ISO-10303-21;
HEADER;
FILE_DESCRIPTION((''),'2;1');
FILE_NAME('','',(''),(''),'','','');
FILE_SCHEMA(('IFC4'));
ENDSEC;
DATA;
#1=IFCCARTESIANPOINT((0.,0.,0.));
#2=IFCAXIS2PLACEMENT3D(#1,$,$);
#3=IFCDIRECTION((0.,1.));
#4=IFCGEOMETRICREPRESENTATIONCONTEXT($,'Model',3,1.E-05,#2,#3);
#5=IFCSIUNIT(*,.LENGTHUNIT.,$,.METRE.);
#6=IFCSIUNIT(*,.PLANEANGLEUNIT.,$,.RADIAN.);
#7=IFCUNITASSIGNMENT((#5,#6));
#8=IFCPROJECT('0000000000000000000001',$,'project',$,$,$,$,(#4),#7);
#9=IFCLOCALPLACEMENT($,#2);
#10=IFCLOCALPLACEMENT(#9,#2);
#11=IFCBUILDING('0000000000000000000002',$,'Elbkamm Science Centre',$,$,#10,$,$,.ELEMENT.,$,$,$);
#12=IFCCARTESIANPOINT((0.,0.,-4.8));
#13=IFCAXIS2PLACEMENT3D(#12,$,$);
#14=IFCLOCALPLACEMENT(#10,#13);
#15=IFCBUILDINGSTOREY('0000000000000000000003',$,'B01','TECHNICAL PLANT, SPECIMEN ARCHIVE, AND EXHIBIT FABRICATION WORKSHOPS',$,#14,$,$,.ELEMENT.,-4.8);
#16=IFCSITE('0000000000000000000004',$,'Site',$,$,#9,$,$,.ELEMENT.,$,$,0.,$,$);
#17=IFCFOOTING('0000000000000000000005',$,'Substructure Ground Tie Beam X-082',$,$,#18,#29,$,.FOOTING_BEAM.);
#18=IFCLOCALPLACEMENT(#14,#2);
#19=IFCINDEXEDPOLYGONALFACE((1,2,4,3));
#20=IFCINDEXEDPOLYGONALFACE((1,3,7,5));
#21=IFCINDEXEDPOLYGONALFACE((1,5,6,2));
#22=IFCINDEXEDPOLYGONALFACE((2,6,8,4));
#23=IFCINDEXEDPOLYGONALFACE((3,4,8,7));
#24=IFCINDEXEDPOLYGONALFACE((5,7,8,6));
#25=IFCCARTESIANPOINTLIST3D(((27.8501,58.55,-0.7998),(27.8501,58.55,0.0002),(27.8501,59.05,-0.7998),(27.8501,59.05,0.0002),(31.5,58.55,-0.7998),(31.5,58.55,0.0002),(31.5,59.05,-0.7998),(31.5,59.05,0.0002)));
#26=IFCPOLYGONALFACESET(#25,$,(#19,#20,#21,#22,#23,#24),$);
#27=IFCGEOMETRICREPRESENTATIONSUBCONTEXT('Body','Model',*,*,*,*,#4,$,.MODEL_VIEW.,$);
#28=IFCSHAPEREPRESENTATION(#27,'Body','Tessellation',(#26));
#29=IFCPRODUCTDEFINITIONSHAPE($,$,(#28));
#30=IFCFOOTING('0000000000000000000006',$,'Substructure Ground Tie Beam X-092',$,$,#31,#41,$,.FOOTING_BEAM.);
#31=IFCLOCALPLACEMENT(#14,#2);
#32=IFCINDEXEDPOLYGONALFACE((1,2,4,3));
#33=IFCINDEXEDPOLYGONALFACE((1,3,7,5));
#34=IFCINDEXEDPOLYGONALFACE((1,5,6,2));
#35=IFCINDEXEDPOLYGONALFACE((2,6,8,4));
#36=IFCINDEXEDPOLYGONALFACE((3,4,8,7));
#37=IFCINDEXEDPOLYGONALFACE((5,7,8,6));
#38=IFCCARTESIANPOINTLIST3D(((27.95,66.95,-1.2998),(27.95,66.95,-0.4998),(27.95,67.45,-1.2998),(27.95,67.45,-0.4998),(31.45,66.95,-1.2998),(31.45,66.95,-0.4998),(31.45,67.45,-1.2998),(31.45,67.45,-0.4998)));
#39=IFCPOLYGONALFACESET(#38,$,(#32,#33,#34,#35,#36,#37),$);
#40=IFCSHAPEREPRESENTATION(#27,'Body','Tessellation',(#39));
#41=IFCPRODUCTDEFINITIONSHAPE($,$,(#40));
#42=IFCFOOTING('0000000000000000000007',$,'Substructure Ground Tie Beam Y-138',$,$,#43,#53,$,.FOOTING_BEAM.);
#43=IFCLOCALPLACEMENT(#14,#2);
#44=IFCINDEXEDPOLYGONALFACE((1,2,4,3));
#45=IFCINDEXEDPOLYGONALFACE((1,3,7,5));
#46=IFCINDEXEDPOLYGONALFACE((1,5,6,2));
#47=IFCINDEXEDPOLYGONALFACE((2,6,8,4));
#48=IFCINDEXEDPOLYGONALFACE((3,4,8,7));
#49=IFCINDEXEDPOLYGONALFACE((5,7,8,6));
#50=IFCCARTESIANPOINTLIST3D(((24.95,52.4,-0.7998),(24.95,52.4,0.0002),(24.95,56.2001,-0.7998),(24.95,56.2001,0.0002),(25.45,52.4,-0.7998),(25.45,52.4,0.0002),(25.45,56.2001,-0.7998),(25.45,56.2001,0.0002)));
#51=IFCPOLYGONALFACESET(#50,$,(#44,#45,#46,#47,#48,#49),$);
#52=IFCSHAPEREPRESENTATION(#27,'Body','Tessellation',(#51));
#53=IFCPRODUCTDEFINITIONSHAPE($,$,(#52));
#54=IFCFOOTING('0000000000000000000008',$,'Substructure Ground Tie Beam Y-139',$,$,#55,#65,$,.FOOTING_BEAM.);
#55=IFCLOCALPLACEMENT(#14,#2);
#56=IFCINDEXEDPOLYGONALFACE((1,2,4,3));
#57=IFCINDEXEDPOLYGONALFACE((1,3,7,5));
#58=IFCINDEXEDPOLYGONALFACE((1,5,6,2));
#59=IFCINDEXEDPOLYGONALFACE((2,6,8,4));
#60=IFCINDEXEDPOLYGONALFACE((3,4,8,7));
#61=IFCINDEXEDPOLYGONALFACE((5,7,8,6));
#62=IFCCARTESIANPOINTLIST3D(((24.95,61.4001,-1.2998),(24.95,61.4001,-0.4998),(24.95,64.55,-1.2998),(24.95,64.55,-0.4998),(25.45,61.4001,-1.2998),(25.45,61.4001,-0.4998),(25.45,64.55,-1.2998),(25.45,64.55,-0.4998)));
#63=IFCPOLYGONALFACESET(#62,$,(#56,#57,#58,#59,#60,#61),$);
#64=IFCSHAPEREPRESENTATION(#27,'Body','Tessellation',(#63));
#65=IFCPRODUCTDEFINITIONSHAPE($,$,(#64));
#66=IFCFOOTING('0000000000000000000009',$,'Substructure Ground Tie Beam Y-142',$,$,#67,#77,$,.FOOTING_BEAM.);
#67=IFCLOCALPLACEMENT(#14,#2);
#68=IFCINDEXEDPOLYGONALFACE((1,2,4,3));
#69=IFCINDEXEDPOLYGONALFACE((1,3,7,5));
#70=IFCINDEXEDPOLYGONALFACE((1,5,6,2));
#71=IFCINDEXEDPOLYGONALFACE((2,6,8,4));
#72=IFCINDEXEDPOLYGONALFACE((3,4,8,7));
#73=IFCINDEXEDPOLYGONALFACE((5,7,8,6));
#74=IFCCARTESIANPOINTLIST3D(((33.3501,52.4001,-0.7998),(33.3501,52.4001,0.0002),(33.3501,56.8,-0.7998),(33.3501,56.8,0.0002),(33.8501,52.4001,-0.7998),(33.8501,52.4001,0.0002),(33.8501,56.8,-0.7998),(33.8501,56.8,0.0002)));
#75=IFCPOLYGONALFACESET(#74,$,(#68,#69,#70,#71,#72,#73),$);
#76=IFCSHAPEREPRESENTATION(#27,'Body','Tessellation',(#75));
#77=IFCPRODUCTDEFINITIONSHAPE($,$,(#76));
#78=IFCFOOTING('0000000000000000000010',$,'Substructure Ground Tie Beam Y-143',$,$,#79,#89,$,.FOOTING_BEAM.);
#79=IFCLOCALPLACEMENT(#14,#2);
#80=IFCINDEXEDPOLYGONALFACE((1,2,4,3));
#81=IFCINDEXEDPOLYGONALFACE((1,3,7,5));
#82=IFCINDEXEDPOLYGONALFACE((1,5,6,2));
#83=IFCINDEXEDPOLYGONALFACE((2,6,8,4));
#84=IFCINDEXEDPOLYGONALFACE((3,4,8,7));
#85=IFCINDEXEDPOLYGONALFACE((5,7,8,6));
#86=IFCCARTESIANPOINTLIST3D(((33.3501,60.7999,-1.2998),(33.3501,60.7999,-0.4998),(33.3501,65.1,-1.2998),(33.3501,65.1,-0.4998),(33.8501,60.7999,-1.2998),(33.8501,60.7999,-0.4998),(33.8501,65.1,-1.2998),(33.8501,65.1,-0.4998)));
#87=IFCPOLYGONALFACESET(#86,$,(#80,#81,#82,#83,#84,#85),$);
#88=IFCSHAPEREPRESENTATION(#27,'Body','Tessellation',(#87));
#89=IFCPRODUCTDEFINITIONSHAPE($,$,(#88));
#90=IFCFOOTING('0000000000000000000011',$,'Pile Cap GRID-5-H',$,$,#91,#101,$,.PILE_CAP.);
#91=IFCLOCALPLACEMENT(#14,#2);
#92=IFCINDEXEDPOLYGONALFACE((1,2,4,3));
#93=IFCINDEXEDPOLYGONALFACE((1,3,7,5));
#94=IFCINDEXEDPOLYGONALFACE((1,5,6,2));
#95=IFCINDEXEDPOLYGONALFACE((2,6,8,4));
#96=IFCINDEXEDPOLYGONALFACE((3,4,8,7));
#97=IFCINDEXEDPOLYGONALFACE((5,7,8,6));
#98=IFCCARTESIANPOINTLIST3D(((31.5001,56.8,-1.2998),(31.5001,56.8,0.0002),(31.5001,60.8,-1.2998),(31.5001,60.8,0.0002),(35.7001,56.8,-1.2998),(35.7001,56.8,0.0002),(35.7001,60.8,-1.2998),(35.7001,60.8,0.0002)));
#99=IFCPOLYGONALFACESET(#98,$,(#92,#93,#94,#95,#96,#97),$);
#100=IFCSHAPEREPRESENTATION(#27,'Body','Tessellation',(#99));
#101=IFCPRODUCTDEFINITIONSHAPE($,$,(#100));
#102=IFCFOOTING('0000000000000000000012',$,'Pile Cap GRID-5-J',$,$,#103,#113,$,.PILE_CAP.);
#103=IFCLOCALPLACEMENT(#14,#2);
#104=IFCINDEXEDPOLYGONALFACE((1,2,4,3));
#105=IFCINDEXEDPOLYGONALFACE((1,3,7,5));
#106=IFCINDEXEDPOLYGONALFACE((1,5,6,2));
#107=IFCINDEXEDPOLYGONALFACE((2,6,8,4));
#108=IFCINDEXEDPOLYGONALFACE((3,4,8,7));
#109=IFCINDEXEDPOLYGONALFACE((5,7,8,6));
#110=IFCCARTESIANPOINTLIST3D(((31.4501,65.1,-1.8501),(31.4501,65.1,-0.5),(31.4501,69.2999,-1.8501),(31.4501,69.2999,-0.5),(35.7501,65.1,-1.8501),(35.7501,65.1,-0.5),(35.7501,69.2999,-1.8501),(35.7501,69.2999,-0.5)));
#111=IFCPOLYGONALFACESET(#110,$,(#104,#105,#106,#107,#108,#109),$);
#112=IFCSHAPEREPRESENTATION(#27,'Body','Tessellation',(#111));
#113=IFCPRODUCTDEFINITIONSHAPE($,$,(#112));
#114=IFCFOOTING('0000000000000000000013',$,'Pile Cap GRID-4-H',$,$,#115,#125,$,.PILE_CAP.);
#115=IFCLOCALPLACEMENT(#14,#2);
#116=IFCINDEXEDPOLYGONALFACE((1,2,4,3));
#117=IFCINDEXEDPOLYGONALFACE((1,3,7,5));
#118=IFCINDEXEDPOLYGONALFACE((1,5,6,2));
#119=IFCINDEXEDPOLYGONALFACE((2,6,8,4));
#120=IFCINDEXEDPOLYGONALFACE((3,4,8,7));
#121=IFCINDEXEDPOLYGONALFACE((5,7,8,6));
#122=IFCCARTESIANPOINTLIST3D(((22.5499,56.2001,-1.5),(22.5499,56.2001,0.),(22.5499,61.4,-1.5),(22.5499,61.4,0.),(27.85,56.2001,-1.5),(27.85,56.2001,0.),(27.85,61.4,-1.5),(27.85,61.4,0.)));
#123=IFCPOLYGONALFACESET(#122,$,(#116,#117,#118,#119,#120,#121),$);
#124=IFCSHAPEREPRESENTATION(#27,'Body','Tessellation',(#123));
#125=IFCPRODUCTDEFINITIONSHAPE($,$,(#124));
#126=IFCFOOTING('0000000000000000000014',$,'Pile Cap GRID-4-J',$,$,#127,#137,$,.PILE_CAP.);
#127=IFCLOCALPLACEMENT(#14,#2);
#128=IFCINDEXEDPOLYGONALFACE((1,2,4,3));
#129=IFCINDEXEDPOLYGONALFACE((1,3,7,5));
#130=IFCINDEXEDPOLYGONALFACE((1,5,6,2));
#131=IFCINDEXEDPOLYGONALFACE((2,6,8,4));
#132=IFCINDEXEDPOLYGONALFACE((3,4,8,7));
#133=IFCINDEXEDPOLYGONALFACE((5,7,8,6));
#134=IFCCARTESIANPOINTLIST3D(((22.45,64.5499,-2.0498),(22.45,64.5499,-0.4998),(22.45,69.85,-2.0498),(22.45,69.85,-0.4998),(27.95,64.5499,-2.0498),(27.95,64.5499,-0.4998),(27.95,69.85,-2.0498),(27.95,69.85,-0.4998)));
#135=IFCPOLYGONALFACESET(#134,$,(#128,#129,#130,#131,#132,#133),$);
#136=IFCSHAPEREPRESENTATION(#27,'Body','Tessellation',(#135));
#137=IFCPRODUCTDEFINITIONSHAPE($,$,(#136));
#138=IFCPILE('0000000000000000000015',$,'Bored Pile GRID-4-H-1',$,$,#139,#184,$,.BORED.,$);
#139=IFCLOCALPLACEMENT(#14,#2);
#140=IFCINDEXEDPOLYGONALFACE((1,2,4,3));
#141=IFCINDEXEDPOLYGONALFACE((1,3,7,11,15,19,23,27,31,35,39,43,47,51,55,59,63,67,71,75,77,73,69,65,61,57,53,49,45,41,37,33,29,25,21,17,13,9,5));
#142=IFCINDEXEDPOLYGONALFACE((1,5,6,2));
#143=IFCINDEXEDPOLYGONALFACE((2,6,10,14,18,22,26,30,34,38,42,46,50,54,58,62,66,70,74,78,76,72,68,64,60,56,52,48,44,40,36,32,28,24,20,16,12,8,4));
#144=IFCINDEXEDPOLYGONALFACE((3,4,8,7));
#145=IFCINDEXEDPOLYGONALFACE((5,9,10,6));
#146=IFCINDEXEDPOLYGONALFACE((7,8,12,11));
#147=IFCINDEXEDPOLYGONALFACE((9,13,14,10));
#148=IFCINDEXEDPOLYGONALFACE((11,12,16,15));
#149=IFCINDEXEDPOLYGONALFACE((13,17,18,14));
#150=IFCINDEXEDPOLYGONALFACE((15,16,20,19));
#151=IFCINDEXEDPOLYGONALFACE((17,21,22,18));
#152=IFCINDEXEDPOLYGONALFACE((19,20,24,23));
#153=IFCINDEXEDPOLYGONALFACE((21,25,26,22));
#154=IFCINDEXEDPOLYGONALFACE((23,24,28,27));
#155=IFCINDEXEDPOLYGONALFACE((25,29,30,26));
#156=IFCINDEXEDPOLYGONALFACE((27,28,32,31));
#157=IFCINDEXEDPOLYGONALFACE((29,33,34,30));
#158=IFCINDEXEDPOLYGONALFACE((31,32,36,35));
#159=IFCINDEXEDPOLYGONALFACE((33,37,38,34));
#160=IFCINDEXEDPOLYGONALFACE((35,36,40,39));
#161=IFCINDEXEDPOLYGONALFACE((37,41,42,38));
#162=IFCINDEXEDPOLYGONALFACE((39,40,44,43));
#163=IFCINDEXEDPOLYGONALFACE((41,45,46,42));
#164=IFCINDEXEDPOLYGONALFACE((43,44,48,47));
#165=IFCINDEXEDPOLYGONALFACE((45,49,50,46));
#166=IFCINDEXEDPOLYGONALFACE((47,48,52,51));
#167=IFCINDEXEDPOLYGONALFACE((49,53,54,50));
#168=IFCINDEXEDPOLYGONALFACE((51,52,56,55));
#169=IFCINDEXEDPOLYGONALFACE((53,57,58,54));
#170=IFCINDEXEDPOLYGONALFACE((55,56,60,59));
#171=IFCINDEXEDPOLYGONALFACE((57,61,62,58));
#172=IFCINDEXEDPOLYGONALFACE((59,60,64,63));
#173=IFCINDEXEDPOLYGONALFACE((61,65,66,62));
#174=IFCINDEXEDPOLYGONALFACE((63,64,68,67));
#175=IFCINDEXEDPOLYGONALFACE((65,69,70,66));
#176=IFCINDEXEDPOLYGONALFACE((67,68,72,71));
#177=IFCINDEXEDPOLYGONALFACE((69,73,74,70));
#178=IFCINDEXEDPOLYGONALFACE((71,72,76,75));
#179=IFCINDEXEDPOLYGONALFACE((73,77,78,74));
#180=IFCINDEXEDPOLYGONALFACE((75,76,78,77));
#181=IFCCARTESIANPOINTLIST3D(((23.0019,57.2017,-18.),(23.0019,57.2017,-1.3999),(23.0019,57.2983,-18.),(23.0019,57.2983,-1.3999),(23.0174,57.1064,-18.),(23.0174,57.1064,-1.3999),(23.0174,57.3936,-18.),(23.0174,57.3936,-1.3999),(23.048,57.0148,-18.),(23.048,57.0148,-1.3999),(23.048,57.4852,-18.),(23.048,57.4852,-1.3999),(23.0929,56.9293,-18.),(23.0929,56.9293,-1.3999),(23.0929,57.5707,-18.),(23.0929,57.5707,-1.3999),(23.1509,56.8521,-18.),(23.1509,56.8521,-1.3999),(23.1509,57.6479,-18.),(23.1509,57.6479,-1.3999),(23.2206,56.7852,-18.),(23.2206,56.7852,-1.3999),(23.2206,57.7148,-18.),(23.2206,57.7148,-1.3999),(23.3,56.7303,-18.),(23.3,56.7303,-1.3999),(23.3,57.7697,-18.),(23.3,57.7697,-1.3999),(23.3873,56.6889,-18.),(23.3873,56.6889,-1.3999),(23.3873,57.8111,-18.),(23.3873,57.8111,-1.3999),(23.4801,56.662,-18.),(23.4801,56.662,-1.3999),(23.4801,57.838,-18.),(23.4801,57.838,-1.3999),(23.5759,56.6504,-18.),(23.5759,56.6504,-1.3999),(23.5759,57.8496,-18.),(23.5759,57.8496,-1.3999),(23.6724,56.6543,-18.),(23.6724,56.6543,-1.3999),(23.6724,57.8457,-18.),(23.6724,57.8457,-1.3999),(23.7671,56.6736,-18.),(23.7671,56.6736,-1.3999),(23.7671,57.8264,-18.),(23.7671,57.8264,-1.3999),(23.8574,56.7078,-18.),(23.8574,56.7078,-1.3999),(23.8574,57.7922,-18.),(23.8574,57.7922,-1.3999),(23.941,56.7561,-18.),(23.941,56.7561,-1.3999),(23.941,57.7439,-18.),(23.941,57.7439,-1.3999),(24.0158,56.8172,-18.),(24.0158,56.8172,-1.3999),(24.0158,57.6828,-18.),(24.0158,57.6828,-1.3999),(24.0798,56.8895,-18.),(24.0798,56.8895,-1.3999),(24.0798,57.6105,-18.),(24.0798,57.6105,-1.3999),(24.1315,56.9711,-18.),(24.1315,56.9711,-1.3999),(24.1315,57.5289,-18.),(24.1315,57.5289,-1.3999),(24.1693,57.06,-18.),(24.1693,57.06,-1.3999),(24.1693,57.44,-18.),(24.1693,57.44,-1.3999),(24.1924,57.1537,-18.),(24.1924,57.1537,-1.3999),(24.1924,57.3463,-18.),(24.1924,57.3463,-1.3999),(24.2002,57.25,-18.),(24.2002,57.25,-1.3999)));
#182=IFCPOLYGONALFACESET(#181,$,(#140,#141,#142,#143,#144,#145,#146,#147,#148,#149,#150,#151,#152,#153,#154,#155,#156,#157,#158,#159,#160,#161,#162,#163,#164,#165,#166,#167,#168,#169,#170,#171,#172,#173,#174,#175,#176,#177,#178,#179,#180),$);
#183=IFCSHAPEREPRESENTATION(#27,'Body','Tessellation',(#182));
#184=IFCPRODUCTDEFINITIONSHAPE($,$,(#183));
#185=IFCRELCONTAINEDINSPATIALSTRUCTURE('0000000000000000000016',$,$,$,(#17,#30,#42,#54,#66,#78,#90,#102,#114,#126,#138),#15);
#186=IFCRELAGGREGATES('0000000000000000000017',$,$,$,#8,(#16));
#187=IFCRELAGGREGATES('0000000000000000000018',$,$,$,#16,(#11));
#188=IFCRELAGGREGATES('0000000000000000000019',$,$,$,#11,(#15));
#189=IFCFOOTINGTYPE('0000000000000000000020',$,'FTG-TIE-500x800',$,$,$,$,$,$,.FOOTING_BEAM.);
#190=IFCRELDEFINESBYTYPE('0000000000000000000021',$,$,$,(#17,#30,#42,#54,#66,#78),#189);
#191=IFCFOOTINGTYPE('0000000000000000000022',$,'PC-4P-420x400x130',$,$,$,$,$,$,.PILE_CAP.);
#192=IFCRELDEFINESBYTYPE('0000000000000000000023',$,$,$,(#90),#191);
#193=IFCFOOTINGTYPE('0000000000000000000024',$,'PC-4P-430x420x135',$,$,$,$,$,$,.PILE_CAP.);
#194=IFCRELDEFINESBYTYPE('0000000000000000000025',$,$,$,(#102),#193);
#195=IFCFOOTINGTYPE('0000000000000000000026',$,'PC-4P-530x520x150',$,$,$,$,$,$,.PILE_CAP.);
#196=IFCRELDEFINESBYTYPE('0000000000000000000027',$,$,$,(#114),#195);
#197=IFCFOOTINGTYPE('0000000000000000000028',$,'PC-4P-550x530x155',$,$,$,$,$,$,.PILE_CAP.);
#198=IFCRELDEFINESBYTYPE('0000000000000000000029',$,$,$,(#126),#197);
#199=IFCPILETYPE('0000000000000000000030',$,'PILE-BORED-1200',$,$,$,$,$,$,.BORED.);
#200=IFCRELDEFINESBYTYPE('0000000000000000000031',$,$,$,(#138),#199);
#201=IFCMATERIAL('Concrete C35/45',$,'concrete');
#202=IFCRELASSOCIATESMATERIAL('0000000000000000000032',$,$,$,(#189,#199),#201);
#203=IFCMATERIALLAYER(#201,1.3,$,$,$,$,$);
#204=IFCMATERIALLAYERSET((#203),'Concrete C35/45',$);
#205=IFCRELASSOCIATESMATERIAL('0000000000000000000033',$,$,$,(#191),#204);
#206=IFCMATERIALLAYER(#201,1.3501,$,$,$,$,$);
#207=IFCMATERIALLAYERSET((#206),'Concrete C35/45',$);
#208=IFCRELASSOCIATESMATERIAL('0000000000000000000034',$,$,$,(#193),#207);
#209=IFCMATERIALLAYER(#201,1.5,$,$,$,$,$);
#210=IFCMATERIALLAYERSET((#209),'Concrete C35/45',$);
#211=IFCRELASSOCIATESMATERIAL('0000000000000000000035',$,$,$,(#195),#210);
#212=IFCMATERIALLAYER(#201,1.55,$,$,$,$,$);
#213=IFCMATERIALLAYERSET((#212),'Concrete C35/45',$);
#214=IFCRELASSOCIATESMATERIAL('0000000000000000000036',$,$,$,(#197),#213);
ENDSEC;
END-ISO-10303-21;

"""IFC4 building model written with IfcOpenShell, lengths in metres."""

from ifc_helpers import new_model, si_unit, direction, frame, origin, origin_2d, place, context, subcontext, project, spatial, rectangle, circle, extrude, material, layer, layer_set, material_profile, profile_set, type_object, element, save


model = new_model("IFC4")

# Units and contexts
model_context = context("Model", 3, precision=1e-05, world=origin(), true_north=direction((0.0, 1.0)))
body_context = subcontext(model_context, "Body", "Model", "MODEL_VIEW")
ifc_project = project(units=[si_unit("LENGTHUNIT", "METRE"), si_unit("PLANEANGLEUNIT", "RADIAN")], contexts=[model_context])

# Site, building, storey
site_placement = place(None, origin())
site = spatial("IfcSite", under=ifc_project, at=site_placement, Name="Site", CompositionType="ELEMENT", RefElevation=0.0)
building_placement = place(site_placement, origin())
building = spatial("IfcBuilding", under=site, at=building_placement, Name="Elbkamm Science Centre", CompositionType="ELEMENT")
storey_placement = place(building_placement, frame((0.0, 0.0, -4.8)))
storey = spatial("IfcBuildingStorey", under=building, at=storey_placement, Name="B01", Description="TECHNICAL PLANT, SPECIMEN ARCHIVE, AND EXHIBIT FABRICATION WORKSHOPS", CompositionType="ELEMENT", Elevation=-4.8)

# Footings
ifc_material_1 = material(Name="Concrete C35/45", Category="concrete")
footing_type_1 = type_object("IfcFootingType", Name="FTG-TIE-500x800", PredefinedType="FOOTING_BEAM", material=ifc_material_1)
footing_1_placement = place(storey_placement, frame((29.675, 58.8, -0.7998), z_axis=(0.0, 0.0, 1.0), x_axis=(1.0, 0.0, 0.0)))
element("IfcFooting", 1, at=footing_1_placement, inside=storey, type_object=footing_type_1, Name="Substructure Ground Tie Beam X-082", PredefinedType="FOOTING_BEAM", context=body_context, shape_type="SweptSolid", body=[
    extrude(rectangle(XDim=3.6499, YDim=0.5, at=origin_2d()), origin(), (0.0, 0.0, 1.0), 0.8),
])
footing_2_placement = place(storey_placement, frame((29.7, 67.2, -1.2998), z_axis=(0.0, 0.0, 1.0), x_axis=(1.0, 0.0, 0.0)))
element("IfcFooting", 2, at=footing_2_placement, inside=storey, type_object=footing_type_1, Name="Substructure Ground Tie Beam X-092", PredefinedType="FOOTING_BEAM", context=body_context, shape_type="SweptSolid", body=[
    extrude(rectangle(XDim=3.5, YDim=0.5, at=origin_2d()), origin(), (0.0, 0.0, 1.0), 0.8),
])
footing_3_placement = place(storey_placement, frame((25.2, 54.3, -0.7998), z_axis=(0.0, 0.0, 1.0), x_axis=(1.0, 0.0, 0.0)))
element("IfcFooting", 3, at=footing_3_placement, inside=storey, type_object=footing_type_1, Name="Substructure Ground Tie Beam Y-138", PredefinedType="FOOTING_BEAM", context=body_context, shape_type="SweptSolid", body=[
    extrude(rectangle(XDim=0.5, YDim=3.8, at=origin_2d()), origin(), (0.0, 0.0, 1.0), 0.8),
])
footing_4_placement = place(storey_placement, frame((25.2, 62.9751, -1.2998), z_axis=(0.0, 0.0, 1.0), x_axis=(1.0, 0.0, 0.0)))
element("IfcFooting", 4, at=footing_4_placement, inside=storey, type_object=footing_type_1, Name="Substructure Ground Tie Beam Y-139", PredefinedType="FOOTING_BEAM", context=body_context, shape_type="SweptSolid", body=[
    extrude(rectangle(XDim=0.5, YDim=3.1499, at=origin_2d()), origin(), (0.0, 0.0, 1.0), 0.8),
])
footing_5_placement = place(storey_placement, frame((33.6001, 54.6001, -0.7998), z_axis=(0.0, 0.0, 1.0), x_axis=(1.0, 0.0, 0.0)))
element("IfcFooting", 5, at=footing_5_placement, inside=storey, type_object=footing_type_1, Name="Substructure Ground Tie Beam Y-142", PredefinedType="FOOTING_BEAM", context=body_context, shape_type="SweptSolid", body=[
    extrude(rectangle(XDim=0.5, YDim=4.3999, at=origin_2d()), origin(), (0.0, 0.0, 1.0), 0.8),
])
footing_6_placement = place(storey_placement, frame((33.6001, 62.95, -1.2998), z_axis=(0.0, 0.0, 1.0), x_axis=(1.0, 0.0, 0.0)))
element("IfcFooting", 6, at=footing_6_placement, inside=storey, type_object=footing_type_1, Name="Substructure Ground Tie Beam Y-143", PredefinedType="FOOTING_BEAM", context=body_context, shape_type="SweptSolid", body=[
    extrude(rectangle(XDim=0.5, YDim=4.3, at=origin_2d()), origin(), (0.0, 0.0, 1.0), 0.8),
])
ifc_layer_1 = layer(ifc_material_1, 1.3)
ifc_layer_set_1 = layer_set([ifc_layer_1], Name="Concrete C35/45")
footing_type_2 = type_object("IfcFootingType", Name="PC-4P-420x400x130", PredefinedType="PILE_CAP", material=ifc_layer_set_1)
footing_7_placement = place(storey_placement, frame((33.6001, 58.8, -1.2998), z_axis=(0.0, 0.0, 1.0), x_axis=(1.0, 0.0, 0.0)))
element("IfcFooting", 7, at=footing_7_placement, inside=storey, type_object=footing_type_2, Name="Pile Cap GRID-5-H", PredefinedType="PILE_CAP", context=body_context, shape_type="SweptSolid", body=[
    extrude(rectangle(XDim=4.2, YDim=4.0, at=origin_2d()), origin(), (0.0, 0.0, 1.0), 1.3),
])
ifc_layer_2 = layer(ifc_material_1, 1.3501)
ifc_layer_set_2 = layer_set([ifc_layer_2], Name="Concrete C35/45")
footing_type_3 = type_object("IfcFootingType", Name="PC-4P-430x420x135", PredefinedType="PILE_CAP", material=ifc_layer_set_2)
footing_8_placement = place(storey_placement, frame((33.6001, 67.2, -1.8501), z_axis=(0.0, 0.0, 1.0), x_axis=(1.0, 0.0, 0.0)))
element("IfcFooting", 8, at=footing_8_placement, inside=storey, type_object=footing_type_3, Name="Pile Cap GRID-5-J", PredefinedType="PILE_CAP", context=body_context, shape_type="SweptSolid", body=[
    extrude(rectangle(XDim=4.3, YDim=4.2, at=origin_2d()), origin(), (0.0, 0.0, 1.0), 1.3501),
])
ifc_layer_3 = layer(ifc_material_1, 1.5)
ifc_layer_set_3 = layer_set([ifc_layer_3], Name="Concrete C35/45")
footing_type_4 = type_object("IfcFootingType", Name="PC-4P-530x520x150", PredefinedType="PILE_CAP", material=ifc_layer_set_3)
footing_9_placement = place(storey_placement, frame((25.2, 58.8, -1.5), z_axis=(0.0, 0.0, 1.0), x_axis=(1.0, 0.0, 0.0)))
element("IfcFooting", 9, at=footing_9_placement, inside=storey, type_object=footing_type_4, Name="Pile Cap GRID-4-H", PredefinedType="PILE_CAP", context=body_context, shape_type="SweptSolid", body=[
    extrude(rectangle(XDim=5.3, YDim=5.2, at=origin_2d()), origin(), (0.0, 0.0, 1.0), 1.5),
])
ifc_layer_4 = layer(ifc_material_1, 1.55)
ifc_layer_set_4 = layer_set([ifc_layer_4], Name="Concrete C35/45")
footing_type_5 = type_object("IfcFootingType", Name="PC-4P-550x530x155", PredefinedType="PILE_CAP", material=ifc_layer_set_4)
footing_10_placement = place(storey_placement, frame((25.2, 67.2, -2.0498), z_axis=(0.0, 0.0, 1.0), x_axis=(1.0, 0.0, 0.0)))
element("IfcFooting", 10, at=footing_10_placement, inside=storey, type_object=footing_type_5, Name="Pile Cap GRID-4-J", PredefinedType="PILE_CAP", context=body_context, shape_type="SweptSolid", body=[
    extrude(rectangle(XDim=5.5, YDim=5.3, at=origin_2d()), origin(), (0.0, 0.0, 1.0), 1.55),
])

# Pile
ifc_material_profile_1 = material_profile(ifc_material_1, circle(Radius=0.6001, at=origin_2d()), Name="PILE D1200")
ifc_profile_set_1 = profile_set([ifc_material_profile_1], Name="Concrete C35/45")
pile_type_1 = type_object("IfcPileType", Name="PILE-BORED-1200", PredefinedType="BORED", material=ifc_profile_set_1)
for number, where, z_axis, x_axis, name in (
    (11, (23.6001, 57.25, -1.3999), (0.0, 0.0, -1.0), (1.0, 0.0, 0.0), "Bored Pile GRID-4-H-1"),
):
    element("IfcPile", number, at=place(storey_placement, frame(where, z_axis=z_axis, x_axis=x_axis)), inside=storey, type_object=pile_type_1, Name=name, PredefinedType="BORED", context=body_context, shape_type="SweptSolid", body=[
        extrude(circle(Radius=0.6001, at=origin_2d()), origin(), (0.0, 0.0, 1.0), 16.6001),
    ])

save(model, "model.ifc")
